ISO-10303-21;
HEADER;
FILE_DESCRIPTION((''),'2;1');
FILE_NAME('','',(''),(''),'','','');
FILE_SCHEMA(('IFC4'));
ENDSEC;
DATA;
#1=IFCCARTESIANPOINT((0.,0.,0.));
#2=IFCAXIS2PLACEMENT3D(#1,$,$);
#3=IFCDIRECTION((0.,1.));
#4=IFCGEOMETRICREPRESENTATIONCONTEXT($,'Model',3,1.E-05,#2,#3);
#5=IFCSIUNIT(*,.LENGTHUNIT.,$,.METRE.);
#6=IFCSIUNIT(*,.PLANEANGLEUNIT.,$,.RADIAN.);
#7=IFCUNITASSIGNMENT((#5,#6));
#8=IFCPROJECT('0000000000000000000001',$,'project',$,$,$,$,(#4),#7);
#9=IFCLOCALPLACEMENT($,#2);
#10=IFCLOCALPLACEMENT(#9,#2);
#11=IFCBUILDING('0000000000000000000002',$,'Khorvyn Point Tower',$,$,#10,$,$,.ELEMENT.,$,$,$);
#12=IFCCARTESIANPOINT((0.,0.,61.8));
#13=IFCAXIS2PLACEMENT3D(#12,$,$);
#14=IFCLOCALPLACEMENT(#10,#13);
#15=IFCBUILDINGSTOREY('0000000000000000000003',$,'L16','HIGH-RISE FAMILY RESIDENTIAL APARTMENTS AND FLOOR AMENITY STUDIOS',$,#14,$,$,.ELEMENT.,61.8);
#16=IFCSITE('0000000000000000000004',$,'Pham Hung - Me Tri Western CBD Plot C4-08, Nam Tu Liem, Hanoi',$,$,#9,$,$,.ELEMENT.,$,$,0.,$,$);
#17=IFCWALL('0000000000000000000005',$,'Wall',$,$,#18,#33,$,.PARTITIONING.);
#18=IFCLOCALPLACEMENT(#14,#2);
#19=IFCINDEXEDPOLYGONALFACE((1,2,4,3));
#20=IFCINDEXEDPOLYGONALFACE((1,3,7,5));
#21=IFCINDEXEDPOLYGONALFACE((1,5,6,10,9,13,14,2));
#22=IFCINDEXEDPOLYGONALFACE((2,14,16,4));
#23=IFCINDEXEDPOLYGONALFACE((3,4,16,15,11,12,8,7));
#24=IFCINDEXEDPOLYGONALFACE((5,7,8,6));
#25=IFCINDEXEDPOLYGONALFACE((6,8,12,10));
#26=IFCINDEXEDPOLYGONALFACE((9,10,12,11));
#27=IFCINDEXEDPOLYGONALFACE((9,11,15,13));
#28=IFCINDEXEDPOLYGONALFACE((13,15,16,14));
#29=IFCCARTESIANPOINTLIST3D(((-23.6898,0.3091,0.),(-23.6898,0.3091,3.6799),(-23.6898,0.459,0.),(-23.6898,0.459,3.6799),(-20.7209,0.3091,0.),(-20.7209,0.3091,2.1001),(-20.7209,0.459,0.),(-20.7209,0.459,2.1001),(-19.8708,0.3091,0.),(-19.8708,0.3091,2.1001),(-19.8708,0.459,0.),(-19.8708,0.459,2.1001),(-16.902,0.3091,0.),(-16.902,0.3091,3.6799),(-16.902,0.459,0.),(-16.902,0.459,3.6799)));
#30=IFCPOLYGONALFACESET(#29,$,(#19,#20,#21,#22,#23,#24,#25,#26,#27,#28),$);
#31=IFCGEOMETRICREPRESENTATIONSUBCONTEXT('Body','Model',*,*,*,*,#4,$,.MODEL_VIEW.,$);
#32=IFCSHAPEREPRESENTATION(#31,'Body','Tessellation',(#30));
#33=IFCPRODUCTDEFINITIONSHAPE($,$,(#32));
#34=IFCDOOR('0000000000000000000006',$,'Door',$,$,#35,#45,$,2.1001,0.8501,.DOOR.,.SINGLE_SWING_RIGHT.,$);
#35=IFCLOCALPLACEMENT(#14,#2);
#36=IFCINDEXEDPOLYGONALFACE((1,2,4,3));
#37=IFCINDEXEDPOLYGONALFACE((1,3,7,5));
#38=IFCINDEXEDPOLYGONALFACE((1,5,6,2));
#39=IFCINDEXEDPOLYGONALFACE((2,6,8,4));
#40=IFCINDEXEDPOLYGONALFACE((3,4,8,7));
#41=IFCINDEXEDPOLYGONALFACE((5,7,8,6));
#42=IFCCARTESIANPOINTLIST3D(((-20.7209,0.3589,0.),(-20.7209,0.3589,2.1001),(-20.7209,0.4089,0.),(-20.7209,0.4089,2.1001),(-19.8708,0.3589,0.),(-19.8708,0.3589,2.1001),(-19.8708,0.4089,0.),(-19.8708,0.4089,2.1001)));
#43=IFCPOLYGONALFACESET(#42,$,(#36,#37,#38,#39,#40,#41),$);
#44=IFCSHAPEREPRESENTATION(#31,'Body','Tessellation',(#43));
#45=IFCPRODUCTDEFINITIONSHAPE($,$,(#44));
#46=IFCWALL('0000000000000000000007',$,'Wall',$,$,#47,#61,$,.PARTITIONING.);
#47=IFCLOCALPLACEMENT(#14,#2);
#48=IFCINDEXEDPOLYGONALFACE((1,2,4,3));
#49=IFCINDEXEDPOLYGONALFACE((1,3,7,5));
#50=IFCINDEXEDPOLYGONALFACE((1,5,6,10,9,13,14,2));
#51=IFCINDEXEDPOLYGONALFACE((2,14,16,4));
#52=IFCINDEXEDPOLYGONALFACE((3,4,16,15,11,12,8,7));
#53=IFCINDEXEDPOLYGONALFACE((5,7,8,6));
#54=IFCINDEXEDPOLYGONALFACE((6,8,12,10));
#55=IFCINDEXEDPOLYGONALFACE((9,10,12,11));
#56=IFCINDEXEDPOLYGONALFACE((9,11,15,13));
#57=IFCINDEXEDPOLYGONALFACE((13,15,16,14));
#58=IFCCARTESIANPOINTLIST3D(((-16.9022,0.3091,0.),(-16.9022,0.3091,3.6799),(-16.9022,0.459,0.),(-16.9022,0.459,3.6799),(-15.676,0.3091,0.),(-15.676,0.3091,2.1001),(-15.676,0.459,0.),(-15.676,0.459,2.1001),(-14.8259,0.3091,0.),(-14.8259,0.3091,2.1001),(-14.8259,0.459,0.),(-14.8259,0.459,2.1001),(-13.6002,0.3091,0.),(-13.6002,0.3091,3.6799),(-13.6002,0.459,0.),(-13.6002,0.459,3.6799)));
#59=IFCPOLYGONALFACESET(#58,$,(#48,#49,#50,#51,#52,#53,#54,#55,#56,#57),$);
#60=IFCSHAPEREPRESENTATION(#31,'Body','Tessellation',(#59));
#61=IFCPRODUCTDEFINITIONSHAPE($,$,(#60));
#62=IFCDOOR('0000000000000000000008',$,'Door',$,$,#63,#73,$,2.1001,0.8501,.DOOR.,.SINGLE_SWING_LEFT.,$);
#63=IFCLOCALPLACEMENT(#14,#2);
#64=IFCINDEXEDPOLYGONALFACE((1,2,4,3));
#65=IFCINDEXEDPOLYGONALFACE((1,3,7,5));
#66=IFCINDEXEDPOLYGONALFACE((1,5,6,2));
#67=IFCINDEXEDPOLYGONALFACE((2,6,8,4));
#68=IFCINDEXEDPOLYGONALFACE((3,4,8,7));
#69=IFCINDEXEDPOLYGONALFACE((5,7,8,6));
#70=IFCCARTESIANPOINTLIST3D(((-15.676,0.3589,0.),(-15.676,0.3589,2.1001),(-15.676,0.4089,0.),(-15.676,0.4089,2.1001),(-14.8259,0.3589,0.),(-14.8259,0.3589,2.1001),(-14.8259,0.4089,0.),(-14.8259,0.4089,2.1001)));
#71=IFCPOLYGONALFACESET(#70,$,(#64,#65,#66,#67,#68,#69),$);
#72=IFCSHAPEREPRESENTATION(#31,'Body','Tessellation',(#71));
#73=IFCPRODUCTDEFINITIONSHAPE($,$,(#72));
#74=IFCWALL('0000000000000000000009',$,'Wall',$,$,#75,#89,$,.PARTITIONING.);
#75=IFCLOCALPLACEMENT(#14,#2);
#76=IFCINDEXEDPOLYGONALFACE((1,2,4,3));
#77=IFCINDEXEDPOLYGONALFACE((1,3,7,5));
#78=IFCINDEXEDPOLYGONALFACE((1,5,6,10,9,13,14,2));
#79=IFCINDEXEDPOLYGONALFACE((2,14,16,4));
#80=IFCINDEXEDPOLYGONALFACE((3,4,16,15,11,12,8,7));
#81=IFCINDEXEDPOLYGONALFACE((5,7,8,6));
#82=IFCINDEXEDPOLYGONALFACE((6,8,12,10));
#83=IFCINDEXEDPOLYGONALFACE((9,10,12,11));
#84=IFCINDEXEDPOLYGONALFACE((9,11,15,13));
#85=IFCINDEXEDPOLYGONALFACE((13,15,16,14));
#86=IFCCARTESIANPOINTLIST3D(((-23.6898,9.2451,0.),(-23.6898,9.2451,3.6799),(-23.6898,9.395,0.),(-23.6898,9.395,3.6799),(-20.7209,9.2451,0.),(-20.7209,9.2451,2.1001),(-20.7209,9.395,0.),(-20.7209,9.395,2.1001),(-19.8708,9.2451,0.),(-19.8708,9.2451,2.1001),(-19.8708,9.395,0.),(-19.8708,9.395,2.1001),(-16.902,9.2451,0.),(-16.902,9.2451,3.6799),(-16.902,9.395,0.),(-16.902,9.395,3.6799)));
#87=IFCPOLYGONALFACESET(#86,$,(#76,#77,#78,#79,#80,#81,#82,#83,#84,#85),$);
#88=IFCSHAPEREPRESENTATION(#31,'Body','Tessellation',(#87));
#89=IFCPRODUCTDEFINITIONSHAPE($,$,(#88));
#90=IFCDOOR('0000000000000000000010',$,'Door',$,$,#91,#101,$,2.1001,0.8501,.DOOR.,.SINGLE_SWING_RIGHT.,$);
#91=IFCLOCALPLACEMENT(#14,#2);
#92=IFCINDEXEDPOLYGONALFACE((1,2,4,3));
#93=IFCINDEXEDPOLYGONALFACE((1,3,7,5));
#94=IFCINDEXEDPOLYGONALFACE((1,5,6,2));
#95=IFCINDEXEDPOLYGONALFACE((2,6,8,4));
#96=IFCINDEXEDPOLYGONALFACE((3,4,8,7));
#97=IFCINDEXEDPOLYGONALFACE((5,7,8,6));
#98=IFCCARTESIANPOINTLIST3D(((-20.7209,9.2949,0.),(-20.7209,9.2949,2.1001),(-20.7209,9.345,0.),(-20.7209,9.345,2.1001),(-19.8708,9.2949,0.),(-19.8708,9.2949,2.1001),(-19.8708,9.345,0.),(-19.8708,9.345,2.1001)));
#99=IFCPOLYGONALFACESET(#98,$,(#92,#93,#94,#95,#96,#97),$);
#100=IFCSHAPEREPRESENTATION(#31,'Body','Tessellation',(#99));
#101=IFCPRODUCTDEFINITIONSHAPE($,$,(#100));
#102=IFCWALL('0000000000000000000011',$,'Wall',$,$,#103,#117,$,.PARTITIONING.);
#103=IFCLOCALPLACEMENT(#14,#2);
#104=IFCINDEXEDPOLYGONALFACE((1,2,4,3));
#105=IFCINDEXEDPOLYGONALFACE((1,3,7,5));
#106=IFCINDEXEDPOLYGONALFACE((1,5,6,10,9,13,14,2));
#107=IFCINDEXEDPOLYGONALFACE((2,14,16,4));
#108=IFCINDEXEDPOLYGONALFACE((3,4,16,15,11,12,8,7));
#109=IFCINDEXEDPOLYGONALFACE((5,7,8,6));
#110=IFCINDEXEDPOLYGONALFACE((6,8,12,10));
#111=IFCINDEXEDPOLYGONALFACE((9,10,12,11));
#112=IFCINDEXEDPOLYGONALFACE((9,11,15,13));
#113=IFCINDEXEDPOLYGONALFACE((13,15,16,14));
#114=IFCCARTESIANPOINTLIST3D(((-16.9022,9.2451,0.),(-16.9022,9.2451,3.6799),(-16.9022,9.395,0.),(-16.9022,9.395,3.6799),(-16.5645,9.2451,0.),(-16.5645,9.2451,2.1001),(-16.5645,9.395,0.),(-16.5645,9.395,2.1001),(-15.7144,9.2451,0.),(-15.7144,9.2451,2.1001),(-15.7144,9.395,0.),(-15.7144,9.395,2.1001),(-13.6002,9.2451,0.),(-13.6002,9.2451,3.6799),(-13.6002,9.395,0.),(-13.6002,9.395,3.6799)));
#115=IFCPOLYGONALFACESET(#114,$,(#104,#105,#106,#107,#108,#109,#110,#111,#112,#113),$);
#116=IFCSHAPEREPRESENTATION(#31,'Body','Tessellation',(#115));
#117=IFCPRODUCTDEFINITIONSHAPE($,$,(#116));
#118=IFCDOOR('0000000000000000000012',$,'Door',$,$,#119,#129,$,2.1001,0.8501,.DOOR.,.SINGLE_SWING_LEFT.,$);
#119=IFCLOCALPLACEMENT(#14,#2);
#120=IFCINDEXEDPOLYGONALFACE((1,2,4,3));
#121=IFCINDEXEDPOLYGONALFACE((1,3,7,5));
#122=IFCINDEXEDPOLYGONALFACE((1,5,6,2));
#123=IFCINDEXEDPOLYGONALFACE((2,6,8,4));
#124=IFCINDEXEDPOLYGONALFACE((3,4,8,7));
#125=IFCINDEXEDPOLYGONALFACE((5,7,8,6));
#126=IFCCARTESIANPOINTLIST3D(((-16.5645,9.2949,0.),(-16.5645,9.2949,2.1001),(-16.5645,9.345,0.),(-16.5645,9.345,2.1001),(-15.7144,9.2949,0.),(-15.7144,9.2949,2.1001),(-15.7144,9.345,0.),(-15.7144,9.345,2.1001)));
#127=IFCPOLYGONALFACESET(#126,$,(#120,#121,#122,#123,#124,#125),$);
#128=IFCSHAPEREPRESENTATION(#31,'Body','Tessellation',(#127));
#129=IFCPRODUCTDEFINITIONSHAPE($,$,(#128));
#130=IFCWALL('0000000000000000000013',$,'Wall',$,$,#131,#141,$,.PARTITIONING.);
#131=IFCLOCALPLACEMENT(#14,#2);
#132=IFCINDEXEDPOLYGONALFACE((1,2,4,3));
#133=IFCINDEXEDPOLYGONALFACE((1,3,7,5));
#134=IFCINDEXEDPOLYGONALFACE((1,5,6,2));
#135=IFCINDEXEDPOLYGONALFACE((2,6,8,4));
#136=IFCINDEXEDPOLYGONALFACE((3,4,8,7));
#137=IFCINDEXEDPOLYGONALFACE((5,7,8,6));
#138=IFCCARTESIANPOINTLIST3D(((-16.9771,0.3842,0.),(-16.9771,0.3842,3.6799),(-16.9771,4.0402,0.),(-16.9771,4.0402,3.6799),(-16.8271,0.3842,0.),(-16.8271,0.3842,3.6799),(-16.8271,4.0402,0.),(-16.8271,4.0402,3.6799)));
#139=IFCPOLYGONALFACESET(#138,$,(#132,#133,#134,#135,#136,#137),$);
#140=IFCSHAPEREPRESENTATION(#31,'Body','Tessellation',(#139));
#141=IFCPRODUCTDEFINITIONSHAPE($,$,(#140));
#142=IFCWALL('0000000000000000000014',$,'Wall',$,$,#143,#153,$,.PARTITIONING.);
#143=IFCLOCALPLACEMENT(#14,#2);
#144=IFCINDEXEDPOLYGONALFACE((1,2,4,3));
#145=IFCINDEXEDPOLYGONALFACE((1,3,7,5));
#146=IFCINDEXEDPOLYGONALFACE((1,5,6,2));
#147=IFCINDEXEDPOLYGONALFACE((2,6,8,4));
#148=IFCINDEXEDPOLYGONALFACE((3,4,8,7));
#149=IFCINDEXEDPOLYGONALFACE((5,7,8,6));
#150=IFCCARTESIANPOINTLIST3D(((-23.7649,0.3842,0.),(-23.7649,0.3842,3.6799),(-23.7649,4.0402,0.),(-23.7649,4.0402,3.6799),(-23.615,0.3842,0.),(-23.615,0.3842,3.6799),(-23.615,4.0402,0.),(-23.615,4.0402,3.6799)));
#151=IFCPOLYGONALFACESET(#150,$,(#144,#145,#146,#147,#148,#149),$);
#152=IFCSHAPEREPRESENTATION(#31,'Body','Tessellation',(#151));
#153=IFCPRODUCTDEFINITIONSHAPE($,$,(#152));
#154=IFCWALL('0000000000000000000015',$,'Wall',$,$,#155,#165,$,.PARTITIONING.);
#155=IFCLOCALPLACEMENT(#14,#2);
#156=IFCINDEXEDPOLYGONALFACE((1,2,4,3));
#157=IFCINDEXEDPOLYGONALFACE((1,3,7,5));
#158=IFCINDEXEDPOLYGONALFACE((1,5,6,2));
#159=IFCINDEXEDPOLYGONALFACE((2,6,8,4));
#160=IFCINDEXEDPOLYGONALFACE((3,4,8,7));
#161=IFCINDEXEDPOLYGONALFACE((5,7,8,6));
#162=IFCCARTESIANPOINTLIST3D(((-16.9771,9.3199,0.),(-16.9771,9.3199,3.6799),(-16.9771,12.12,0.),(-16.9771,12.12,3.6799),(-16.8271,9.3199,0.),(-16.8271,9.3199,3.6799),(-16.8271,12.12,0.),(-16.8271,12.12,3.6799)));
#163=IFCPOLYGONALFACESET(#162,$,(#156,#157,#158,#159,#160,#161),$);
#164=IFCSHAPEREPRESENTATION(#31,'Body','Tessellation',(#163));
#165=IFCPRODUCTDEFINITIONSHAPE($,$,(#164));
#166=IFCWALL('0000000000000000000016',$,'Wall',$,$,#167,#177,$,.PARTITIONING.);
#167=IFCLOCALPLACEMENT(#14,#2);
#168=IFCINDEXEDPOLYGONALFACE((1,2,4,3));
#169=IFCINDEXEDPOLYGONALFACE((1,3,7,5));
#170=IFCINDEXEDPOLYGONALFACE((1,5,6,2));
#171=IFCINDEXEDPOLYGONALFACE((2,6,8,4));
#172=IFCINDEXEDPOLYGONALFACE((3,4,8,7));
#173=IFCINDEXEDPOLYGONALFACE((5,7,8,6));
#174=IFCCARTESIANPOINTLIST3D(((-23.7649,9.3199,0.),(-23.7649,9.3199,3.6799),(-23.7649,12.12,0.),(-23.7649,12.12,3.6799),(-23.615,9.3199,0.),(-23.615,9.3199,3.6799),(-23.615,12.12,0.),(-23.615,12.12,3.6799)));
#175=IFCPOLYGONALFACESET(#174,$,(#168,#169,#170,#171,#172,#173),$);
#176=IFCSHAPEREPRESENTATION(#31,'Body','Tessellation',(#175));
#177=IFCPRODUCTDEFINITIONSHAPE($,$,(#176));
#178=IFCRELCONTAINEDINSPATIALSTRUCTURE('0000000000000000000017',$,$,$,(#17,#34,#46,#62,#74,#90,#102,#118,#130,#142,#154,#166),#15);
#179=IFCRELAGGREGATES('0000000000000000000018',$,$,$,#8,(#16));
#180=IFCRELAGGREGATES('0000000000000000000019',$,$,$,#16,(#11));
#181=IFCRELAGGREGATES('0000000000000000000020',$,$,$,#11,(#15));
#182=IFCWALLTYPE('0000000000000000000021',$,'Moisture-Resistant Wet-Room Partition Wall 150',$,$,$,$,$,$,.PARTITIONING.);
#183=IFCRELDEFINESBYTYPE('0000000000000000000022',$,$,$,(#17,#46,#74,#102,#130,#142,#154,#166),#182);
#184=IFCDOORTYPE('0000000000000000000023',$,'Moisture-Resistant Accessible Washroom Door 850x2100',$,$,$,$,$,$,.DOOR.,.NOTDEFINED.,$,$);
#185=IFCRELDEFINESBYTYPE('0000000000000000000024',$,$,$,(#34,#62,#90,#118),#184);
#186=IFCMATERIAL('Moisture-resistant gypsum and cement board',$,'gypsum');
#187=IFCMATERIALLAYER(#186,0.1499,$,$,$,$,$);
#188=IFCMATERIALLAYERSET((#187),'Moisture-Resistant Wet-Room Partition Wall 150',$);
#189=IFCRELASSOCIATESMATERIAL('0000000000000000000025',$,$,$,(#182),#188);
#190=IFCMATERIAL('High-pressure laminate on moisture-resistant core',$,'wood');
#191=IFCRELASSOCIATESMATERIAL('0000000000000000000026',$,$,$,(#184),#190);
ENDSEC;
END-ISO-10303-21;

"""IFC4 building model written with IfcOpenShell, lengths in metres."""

from ifc_helpers import new_model, si_unit, direction, frame, frame_2d, origin, place, context, subcontext, project, spatial, rectangle, extrude, material, layer, layer_set, type_object, element, fill, save


model = new_model("IFC4")

# Units and contexts
model_context = context("Model", 3, precision=1e-05, world=origin(), true_north=direction((0.0, 1.0)))
body_context = subcontext(model_context, "Body", "Model", "MODEL_VIEW")
ifc_project = project(units=[si_unit("LENGTHUNIT", "METRE"), si_unit("PLANEANGLEUNIT", "RADIAN")], contexts=[model_context])

# Site, building, storey
site_placement = place(None, origin())
site = spatial("IfcSite", under=ifc_project, at=site_placement, Name="Pham Hung - Me Tri Western CBD Plot C4-08, Nam Tu Liem, Hanoi", CompositionType="ELEMENT", RefElevation=0.0)
building_placement = place(site_placement, origin())
building = spatial("IfcBuilding", under=site, at=building_placement, Name="Khorvyn Point Tower", CompositionType="ELEMENT")
storey_placement = place(building_placement, frame((0.0, 0.0, 61.8)))
storey = spatial("IfcBuildingStorey", under=building, at=storey_placement, Name="L16", Description="HIGH-RISE FAMILY RESIDENTIAL APARTMENTS AND FLOOR AMENITY STUDIOS", CompositionType="ELEMENT", Elevation=61.8)

# Walls, openings, doors
ifc_material_1 = material(Name="Moisture-resistant gypsum and cement board", Category="gypsum")
ifc_layer_1 = layer(ifc_material_1, 0.1499)
ifc_layer_set_1 = layer_set([ifc_layer_1], Name="Moisture-Resistant Wet-Room Partition Wall 150")
wall_type_1 = type_object("IfcWallType", Name="Moisture-Resistant Wet-Room Partition Wall 150", PredefinedType="PARTITIONING", material=ifc_layer_set_1)
wall_1_placement = place(storey_placement, frame((-23.6899, 0.384, 0.0), z_axis=(0.0, 0.0, 1.0), x_axis=(1.0, 0.0, 0.0)))
wall_1 = element("IfcWall", 1, at=wall_1_placement, inside=storey, type_object=wall_type_1, Name="Wall", PredefinedType="PARTITIONING", context=body_context, shape_type="SweptSolid", body=[
    extrude(rectangle(XDim=6.7878, YDim=0.1499, at=frame_2d((3.394, 0.0))), origin(), (0.0, 0.0, 1.0), 3.6799),
])
opening_1_placement = place(wall_1_placement, frame((2.969, 0.0, 0.0)))
opening_1 = element("IfcOpeningElement", 2, at=opening_1_placement, cuts=wall_1, PredefinedType="OPENING", context=body_context, shape_type="SweptSolid", body=[
    extrude(rectangle(XDim=0.8501, YDim=2.1001, at=frame_2d((0.425, 1.05))), frame((0.0, 0.085, 0.0), z_axis=(0.0, -1.0, 0.0), x_axis=(1.0, 0.0, 0.0)), (0.0, 0.0, 1.0), 0.1699),
])
ifc_material_2 = material(Name="High-pressure laminate on moisture-resistant core", Category="wood")
door_type_1 = type_object("IfcDoorType", Name="Moisture-Resistant Accessible Washroom Door 850x2100", OperationType="NOTDEFINED", PredefinedType="DOOR", material=ifc_material_2)
door_1_placement = place(opening_1_placement, origin())
door_1 = element("IfcDoor", 3, at=door_1_placement, inside=storey, type_object=door_type_1, Name="Door", OperationType="SINGLE_SWING_RIGHT", OverallHeight=2.1001, OverallWidth=0.8501, PredefinedType="DOOR", context=body_context, shape_type="SweptSolid", body=[
    extrude(rectangle(XDim=0.8501, YDim=2.1001, at=frame_2d((0.425, 1.05))), frame((0.0, 0.0249, 0.0), z_axis=(0.0, -1.0, 0.0), x_axis=(1.0, 0.0, 0.0)), (0.0, 0.0, 1.0), 0.05),
])
fill(opening_1, door_1)
wall_2_placement = place(storey_placement, frame((-16.9021, 0.384, 0.0), z_axis=(0.0, 0.0, 1.0), x_axis=(1.0, 0.0, 0.0)))
wall_2 = element("IfcWall", 4, at=wall_2_placement, inside=storey, type_object=wall_type_1, Name="Wall", PredefinedType="PARTITIONING", context=body_context, shape_type="SweptSolid", body=[
    extrude(rectangle(XDim=3.302, YDim=0.1499, at=frame_2d((1.6509, 0.0))), origin(), (0.0, 0.0, 1.0), 3.6799),
])
opening_2_placement = place(wall_2_placement, frame((1.2261, 0.0, 0.0)))
opening_2 = element("IfcOpeningElement", 5, at=opening_2_placement, cuts=wall_2, PredefinedType="OPENING", context=body_context, shape_type="SweptSolid", body=[
    extrude(rectangle(XDim=0.8501, YDim=2.1001, at=frame_2d((0.425, 1.05))), frame((0.0, 0.085, 0.0), z_axis=(0.0, -1.0, 0.0), x_axis=(1.0, 0.0, 0.0)), (0.0, 0.0, 1.0), 0.1699),
])
door_2_placement = place(opening_2_placement, origin())
door_2 = element("IfcDoor", 6, at=door_2_placement, inside=storey, type_object=door_type_1, Name="Door", OperationType="SINGLE_SWING_LEFT", OverallHeight=2.1001, OverallWidth=0.8501, PredefinedType="DOOR", context=body_context, shape_type="SweptSolid", body=[
    extrude(rectangle(XDim=0.8501, YDim=2.1001, at=frame_2d((0.425, 1.05))), frame((0.0, 0.0249, 0.0), z_axis=(0.0, -1.0, 0.0), x_axis=(1.0, 0.0, 0.0)), (0.0, 0.0, 1.0), 0.05),
])
fill(opening_2, door_2)
wall_3_placement = place(storey_placement, frame((-23.6899, 9.3201, 0.0), z_axis=(0.0, 0.0, 1.0), x_axis=(1.0, 0.0, 0.0)))
wall_3 = element("IfcWall", 7, at=wall_3_placement, inside=storey, type_object=wall_type_1, Name="Wall", PredefinedType="PARTITIONING", context=body_context, shape_type="SweptSolid", body=[
    extrude(rectangle(XDim=6.7878, YDim=0.1499, at=frame_2d((3.394, 0.0))), origin(), (0.0, 0.0, 1.0), 3.6799),
])
opening_3_placement = place(wall_3_placement, frame((2.969, 0.0, 0.0)))
opening_3 = element("IfcOpeningElement", 8, at=opening_3_placement, cuts=wall_3, PredefinedType="OPENING", context=body_context, shape_type="SweptSolid", body=[
    extrude(rectangle(XDim=0.8501, YDim=2.1001, at=frame_2d((0.425, 1.05))), frame((0.0, 0.085, 0.0), z_axis=(0.0, -1.0, 0.0), x_axis=(1.0, 0.0, 0.0)), (0.0, 0.0, 1.0), 0.1699),
])
door_3_placement = place(opening_3_placement, origin())
door_3 = element("IfcDoor", 9, at=door_3_placement, inside=storey, type_object=door_type_1, Name="Door", OperationType="SINGLE_SWING_RIGHT", OverallHeight=2.1001, OverallWidth=0.8501, PredefinedType="DOOR", context=body_context, shape_type="SweptSolid", body=[
    extrude(rectangle(XDim=0.8501, YDim=2.1001, at=frame_2d((0.425, 1.05))), frame((0.0, 0.0249, 0.0), z_axis=(0.0, -1.0, 0.0), x_axis=(1.0, 0.0, 0.0)), (0.0, 0.0, 1.0), 0.05),
])
fill(opening_3, door_3)
wall_4_placement = place(storey_placement, frame((-16.9021, 9.3201, 0.0), z_axis=(0.0, 0.0, 1.0), x_axis=(1.0, 0.0, 0.0)))
wall_4 = element("IfcWall", 10, at=wall_4_placement, inside=storey, type_object=wall_type_1, Name="Wall", PredefinedType="PARTITIONING", context=body_context, shape_type="SweptSolid", body=[
    extrude(rectangle(XDim=3.302, YDim=0.1499, at=frame_2d((1.6509, 0.0))), origin(), (0.0, 0.0, 1.0), 3.6799),
])
opening_4_placement = place(wall_4_placement, frame((0.3376, 0.0, 0.0)))
opening_4 = element("IfcOpeningElement", 11, at=opening_4_placement, cuts=wall_4, PredefinedType="OPENING", context=body_context, shape_type="SweptSolid", body=[
    extrude(rectangle(XDim=0.8501, YDim=2.1001, at=frame_2d((0.425, 1.05))), frame((0.0, 0.085, 0.0), z_axis=(0.0, -1.0, 0.0), x_axis=(1.0, 0.0, 0.0)), (0.0, 0.0, 1.0), 0.1699),
])
door_4_placement = place(opening_4_placement, origin())
door_4 = element("IfcDoor", 12, at=door_4_placement, inside=storey, type_object=door_type_1, Name="Door", OperationType="SINGLE_SWING_LEFT", OverallHeight=2.1001, OverallWidth=0.8501, PredefinedType="DOOR", context=body_context, shape_type="SweptSolid", body=[
    extrude(rectangle(XDim=0.8501, YDim=2.1001, at=frame_2d((0.425, 1.05))), frame((0.0, 0.0249, 0.0), z_axis=(0.0, -1.0, 0.0), x_axis=(1.0, 0.0, 0.0)), (0.0, 0.0, 1.0), 0.05),
])
fill(opening_4, door_4)

# Walls
for number, where, z_axis, x_axis, name in (
    (13, (-16.9021, 0.384, 0.0), (0.0, 0.0, 1.0), (0.0, 1.0, 0.0), "Wall"),
    (14, (-23.6899, 0.384, 0.0), (0.0, 0.0, 1.0), (0.0, 1.0, 0.0), "Wall"),
):
    element("IfcWall", number, at=place(storey_placement, frame(where, z_axis=z_axis, x_axis=x_axis)), inside=storey, type_object=wall_type_1, Name=name, PredefinedType="PARTITIONING", context=body_context, shape_type="SweptSolid", body=[
        extrude(rectangle(XDim=3.656, YDim=0.1499, at=frame_2d((1.8281, 0.0))), origin(), (0.0, 0.0, 1.0), 3.6799),
    ])
for number, where, z_axis, x_axis, name in (
    (15, (-16.9021, 9.3201, 0.0), (0.0, 0.0, 1.0), (0.0, 1.0, 0.0), "Wall"),
    (16, (-23.6899, 9.3201, 0.0), (0.0, 0.0, 1.0), (0.0, 1.0, 0.0), "Wall"),
):
    element("IfcWall", number, at=place(storey_placement, frame(where, z_axis=z_axis, x_axis=x_axis)), inside=storey, type_object=wall_type_1, Name=name, PredefinedType="PARTITIONING", context=body_context, shape_type="SweptSolid", body=[
        extrude(rectangle(XDim=2.8, YDim=0.1499, at=frame_2d((1.3999, 0.0))), origin(), (0.0, 0.0, 1.0), 3.6799),
    ])

save(model, "model.ifc")
